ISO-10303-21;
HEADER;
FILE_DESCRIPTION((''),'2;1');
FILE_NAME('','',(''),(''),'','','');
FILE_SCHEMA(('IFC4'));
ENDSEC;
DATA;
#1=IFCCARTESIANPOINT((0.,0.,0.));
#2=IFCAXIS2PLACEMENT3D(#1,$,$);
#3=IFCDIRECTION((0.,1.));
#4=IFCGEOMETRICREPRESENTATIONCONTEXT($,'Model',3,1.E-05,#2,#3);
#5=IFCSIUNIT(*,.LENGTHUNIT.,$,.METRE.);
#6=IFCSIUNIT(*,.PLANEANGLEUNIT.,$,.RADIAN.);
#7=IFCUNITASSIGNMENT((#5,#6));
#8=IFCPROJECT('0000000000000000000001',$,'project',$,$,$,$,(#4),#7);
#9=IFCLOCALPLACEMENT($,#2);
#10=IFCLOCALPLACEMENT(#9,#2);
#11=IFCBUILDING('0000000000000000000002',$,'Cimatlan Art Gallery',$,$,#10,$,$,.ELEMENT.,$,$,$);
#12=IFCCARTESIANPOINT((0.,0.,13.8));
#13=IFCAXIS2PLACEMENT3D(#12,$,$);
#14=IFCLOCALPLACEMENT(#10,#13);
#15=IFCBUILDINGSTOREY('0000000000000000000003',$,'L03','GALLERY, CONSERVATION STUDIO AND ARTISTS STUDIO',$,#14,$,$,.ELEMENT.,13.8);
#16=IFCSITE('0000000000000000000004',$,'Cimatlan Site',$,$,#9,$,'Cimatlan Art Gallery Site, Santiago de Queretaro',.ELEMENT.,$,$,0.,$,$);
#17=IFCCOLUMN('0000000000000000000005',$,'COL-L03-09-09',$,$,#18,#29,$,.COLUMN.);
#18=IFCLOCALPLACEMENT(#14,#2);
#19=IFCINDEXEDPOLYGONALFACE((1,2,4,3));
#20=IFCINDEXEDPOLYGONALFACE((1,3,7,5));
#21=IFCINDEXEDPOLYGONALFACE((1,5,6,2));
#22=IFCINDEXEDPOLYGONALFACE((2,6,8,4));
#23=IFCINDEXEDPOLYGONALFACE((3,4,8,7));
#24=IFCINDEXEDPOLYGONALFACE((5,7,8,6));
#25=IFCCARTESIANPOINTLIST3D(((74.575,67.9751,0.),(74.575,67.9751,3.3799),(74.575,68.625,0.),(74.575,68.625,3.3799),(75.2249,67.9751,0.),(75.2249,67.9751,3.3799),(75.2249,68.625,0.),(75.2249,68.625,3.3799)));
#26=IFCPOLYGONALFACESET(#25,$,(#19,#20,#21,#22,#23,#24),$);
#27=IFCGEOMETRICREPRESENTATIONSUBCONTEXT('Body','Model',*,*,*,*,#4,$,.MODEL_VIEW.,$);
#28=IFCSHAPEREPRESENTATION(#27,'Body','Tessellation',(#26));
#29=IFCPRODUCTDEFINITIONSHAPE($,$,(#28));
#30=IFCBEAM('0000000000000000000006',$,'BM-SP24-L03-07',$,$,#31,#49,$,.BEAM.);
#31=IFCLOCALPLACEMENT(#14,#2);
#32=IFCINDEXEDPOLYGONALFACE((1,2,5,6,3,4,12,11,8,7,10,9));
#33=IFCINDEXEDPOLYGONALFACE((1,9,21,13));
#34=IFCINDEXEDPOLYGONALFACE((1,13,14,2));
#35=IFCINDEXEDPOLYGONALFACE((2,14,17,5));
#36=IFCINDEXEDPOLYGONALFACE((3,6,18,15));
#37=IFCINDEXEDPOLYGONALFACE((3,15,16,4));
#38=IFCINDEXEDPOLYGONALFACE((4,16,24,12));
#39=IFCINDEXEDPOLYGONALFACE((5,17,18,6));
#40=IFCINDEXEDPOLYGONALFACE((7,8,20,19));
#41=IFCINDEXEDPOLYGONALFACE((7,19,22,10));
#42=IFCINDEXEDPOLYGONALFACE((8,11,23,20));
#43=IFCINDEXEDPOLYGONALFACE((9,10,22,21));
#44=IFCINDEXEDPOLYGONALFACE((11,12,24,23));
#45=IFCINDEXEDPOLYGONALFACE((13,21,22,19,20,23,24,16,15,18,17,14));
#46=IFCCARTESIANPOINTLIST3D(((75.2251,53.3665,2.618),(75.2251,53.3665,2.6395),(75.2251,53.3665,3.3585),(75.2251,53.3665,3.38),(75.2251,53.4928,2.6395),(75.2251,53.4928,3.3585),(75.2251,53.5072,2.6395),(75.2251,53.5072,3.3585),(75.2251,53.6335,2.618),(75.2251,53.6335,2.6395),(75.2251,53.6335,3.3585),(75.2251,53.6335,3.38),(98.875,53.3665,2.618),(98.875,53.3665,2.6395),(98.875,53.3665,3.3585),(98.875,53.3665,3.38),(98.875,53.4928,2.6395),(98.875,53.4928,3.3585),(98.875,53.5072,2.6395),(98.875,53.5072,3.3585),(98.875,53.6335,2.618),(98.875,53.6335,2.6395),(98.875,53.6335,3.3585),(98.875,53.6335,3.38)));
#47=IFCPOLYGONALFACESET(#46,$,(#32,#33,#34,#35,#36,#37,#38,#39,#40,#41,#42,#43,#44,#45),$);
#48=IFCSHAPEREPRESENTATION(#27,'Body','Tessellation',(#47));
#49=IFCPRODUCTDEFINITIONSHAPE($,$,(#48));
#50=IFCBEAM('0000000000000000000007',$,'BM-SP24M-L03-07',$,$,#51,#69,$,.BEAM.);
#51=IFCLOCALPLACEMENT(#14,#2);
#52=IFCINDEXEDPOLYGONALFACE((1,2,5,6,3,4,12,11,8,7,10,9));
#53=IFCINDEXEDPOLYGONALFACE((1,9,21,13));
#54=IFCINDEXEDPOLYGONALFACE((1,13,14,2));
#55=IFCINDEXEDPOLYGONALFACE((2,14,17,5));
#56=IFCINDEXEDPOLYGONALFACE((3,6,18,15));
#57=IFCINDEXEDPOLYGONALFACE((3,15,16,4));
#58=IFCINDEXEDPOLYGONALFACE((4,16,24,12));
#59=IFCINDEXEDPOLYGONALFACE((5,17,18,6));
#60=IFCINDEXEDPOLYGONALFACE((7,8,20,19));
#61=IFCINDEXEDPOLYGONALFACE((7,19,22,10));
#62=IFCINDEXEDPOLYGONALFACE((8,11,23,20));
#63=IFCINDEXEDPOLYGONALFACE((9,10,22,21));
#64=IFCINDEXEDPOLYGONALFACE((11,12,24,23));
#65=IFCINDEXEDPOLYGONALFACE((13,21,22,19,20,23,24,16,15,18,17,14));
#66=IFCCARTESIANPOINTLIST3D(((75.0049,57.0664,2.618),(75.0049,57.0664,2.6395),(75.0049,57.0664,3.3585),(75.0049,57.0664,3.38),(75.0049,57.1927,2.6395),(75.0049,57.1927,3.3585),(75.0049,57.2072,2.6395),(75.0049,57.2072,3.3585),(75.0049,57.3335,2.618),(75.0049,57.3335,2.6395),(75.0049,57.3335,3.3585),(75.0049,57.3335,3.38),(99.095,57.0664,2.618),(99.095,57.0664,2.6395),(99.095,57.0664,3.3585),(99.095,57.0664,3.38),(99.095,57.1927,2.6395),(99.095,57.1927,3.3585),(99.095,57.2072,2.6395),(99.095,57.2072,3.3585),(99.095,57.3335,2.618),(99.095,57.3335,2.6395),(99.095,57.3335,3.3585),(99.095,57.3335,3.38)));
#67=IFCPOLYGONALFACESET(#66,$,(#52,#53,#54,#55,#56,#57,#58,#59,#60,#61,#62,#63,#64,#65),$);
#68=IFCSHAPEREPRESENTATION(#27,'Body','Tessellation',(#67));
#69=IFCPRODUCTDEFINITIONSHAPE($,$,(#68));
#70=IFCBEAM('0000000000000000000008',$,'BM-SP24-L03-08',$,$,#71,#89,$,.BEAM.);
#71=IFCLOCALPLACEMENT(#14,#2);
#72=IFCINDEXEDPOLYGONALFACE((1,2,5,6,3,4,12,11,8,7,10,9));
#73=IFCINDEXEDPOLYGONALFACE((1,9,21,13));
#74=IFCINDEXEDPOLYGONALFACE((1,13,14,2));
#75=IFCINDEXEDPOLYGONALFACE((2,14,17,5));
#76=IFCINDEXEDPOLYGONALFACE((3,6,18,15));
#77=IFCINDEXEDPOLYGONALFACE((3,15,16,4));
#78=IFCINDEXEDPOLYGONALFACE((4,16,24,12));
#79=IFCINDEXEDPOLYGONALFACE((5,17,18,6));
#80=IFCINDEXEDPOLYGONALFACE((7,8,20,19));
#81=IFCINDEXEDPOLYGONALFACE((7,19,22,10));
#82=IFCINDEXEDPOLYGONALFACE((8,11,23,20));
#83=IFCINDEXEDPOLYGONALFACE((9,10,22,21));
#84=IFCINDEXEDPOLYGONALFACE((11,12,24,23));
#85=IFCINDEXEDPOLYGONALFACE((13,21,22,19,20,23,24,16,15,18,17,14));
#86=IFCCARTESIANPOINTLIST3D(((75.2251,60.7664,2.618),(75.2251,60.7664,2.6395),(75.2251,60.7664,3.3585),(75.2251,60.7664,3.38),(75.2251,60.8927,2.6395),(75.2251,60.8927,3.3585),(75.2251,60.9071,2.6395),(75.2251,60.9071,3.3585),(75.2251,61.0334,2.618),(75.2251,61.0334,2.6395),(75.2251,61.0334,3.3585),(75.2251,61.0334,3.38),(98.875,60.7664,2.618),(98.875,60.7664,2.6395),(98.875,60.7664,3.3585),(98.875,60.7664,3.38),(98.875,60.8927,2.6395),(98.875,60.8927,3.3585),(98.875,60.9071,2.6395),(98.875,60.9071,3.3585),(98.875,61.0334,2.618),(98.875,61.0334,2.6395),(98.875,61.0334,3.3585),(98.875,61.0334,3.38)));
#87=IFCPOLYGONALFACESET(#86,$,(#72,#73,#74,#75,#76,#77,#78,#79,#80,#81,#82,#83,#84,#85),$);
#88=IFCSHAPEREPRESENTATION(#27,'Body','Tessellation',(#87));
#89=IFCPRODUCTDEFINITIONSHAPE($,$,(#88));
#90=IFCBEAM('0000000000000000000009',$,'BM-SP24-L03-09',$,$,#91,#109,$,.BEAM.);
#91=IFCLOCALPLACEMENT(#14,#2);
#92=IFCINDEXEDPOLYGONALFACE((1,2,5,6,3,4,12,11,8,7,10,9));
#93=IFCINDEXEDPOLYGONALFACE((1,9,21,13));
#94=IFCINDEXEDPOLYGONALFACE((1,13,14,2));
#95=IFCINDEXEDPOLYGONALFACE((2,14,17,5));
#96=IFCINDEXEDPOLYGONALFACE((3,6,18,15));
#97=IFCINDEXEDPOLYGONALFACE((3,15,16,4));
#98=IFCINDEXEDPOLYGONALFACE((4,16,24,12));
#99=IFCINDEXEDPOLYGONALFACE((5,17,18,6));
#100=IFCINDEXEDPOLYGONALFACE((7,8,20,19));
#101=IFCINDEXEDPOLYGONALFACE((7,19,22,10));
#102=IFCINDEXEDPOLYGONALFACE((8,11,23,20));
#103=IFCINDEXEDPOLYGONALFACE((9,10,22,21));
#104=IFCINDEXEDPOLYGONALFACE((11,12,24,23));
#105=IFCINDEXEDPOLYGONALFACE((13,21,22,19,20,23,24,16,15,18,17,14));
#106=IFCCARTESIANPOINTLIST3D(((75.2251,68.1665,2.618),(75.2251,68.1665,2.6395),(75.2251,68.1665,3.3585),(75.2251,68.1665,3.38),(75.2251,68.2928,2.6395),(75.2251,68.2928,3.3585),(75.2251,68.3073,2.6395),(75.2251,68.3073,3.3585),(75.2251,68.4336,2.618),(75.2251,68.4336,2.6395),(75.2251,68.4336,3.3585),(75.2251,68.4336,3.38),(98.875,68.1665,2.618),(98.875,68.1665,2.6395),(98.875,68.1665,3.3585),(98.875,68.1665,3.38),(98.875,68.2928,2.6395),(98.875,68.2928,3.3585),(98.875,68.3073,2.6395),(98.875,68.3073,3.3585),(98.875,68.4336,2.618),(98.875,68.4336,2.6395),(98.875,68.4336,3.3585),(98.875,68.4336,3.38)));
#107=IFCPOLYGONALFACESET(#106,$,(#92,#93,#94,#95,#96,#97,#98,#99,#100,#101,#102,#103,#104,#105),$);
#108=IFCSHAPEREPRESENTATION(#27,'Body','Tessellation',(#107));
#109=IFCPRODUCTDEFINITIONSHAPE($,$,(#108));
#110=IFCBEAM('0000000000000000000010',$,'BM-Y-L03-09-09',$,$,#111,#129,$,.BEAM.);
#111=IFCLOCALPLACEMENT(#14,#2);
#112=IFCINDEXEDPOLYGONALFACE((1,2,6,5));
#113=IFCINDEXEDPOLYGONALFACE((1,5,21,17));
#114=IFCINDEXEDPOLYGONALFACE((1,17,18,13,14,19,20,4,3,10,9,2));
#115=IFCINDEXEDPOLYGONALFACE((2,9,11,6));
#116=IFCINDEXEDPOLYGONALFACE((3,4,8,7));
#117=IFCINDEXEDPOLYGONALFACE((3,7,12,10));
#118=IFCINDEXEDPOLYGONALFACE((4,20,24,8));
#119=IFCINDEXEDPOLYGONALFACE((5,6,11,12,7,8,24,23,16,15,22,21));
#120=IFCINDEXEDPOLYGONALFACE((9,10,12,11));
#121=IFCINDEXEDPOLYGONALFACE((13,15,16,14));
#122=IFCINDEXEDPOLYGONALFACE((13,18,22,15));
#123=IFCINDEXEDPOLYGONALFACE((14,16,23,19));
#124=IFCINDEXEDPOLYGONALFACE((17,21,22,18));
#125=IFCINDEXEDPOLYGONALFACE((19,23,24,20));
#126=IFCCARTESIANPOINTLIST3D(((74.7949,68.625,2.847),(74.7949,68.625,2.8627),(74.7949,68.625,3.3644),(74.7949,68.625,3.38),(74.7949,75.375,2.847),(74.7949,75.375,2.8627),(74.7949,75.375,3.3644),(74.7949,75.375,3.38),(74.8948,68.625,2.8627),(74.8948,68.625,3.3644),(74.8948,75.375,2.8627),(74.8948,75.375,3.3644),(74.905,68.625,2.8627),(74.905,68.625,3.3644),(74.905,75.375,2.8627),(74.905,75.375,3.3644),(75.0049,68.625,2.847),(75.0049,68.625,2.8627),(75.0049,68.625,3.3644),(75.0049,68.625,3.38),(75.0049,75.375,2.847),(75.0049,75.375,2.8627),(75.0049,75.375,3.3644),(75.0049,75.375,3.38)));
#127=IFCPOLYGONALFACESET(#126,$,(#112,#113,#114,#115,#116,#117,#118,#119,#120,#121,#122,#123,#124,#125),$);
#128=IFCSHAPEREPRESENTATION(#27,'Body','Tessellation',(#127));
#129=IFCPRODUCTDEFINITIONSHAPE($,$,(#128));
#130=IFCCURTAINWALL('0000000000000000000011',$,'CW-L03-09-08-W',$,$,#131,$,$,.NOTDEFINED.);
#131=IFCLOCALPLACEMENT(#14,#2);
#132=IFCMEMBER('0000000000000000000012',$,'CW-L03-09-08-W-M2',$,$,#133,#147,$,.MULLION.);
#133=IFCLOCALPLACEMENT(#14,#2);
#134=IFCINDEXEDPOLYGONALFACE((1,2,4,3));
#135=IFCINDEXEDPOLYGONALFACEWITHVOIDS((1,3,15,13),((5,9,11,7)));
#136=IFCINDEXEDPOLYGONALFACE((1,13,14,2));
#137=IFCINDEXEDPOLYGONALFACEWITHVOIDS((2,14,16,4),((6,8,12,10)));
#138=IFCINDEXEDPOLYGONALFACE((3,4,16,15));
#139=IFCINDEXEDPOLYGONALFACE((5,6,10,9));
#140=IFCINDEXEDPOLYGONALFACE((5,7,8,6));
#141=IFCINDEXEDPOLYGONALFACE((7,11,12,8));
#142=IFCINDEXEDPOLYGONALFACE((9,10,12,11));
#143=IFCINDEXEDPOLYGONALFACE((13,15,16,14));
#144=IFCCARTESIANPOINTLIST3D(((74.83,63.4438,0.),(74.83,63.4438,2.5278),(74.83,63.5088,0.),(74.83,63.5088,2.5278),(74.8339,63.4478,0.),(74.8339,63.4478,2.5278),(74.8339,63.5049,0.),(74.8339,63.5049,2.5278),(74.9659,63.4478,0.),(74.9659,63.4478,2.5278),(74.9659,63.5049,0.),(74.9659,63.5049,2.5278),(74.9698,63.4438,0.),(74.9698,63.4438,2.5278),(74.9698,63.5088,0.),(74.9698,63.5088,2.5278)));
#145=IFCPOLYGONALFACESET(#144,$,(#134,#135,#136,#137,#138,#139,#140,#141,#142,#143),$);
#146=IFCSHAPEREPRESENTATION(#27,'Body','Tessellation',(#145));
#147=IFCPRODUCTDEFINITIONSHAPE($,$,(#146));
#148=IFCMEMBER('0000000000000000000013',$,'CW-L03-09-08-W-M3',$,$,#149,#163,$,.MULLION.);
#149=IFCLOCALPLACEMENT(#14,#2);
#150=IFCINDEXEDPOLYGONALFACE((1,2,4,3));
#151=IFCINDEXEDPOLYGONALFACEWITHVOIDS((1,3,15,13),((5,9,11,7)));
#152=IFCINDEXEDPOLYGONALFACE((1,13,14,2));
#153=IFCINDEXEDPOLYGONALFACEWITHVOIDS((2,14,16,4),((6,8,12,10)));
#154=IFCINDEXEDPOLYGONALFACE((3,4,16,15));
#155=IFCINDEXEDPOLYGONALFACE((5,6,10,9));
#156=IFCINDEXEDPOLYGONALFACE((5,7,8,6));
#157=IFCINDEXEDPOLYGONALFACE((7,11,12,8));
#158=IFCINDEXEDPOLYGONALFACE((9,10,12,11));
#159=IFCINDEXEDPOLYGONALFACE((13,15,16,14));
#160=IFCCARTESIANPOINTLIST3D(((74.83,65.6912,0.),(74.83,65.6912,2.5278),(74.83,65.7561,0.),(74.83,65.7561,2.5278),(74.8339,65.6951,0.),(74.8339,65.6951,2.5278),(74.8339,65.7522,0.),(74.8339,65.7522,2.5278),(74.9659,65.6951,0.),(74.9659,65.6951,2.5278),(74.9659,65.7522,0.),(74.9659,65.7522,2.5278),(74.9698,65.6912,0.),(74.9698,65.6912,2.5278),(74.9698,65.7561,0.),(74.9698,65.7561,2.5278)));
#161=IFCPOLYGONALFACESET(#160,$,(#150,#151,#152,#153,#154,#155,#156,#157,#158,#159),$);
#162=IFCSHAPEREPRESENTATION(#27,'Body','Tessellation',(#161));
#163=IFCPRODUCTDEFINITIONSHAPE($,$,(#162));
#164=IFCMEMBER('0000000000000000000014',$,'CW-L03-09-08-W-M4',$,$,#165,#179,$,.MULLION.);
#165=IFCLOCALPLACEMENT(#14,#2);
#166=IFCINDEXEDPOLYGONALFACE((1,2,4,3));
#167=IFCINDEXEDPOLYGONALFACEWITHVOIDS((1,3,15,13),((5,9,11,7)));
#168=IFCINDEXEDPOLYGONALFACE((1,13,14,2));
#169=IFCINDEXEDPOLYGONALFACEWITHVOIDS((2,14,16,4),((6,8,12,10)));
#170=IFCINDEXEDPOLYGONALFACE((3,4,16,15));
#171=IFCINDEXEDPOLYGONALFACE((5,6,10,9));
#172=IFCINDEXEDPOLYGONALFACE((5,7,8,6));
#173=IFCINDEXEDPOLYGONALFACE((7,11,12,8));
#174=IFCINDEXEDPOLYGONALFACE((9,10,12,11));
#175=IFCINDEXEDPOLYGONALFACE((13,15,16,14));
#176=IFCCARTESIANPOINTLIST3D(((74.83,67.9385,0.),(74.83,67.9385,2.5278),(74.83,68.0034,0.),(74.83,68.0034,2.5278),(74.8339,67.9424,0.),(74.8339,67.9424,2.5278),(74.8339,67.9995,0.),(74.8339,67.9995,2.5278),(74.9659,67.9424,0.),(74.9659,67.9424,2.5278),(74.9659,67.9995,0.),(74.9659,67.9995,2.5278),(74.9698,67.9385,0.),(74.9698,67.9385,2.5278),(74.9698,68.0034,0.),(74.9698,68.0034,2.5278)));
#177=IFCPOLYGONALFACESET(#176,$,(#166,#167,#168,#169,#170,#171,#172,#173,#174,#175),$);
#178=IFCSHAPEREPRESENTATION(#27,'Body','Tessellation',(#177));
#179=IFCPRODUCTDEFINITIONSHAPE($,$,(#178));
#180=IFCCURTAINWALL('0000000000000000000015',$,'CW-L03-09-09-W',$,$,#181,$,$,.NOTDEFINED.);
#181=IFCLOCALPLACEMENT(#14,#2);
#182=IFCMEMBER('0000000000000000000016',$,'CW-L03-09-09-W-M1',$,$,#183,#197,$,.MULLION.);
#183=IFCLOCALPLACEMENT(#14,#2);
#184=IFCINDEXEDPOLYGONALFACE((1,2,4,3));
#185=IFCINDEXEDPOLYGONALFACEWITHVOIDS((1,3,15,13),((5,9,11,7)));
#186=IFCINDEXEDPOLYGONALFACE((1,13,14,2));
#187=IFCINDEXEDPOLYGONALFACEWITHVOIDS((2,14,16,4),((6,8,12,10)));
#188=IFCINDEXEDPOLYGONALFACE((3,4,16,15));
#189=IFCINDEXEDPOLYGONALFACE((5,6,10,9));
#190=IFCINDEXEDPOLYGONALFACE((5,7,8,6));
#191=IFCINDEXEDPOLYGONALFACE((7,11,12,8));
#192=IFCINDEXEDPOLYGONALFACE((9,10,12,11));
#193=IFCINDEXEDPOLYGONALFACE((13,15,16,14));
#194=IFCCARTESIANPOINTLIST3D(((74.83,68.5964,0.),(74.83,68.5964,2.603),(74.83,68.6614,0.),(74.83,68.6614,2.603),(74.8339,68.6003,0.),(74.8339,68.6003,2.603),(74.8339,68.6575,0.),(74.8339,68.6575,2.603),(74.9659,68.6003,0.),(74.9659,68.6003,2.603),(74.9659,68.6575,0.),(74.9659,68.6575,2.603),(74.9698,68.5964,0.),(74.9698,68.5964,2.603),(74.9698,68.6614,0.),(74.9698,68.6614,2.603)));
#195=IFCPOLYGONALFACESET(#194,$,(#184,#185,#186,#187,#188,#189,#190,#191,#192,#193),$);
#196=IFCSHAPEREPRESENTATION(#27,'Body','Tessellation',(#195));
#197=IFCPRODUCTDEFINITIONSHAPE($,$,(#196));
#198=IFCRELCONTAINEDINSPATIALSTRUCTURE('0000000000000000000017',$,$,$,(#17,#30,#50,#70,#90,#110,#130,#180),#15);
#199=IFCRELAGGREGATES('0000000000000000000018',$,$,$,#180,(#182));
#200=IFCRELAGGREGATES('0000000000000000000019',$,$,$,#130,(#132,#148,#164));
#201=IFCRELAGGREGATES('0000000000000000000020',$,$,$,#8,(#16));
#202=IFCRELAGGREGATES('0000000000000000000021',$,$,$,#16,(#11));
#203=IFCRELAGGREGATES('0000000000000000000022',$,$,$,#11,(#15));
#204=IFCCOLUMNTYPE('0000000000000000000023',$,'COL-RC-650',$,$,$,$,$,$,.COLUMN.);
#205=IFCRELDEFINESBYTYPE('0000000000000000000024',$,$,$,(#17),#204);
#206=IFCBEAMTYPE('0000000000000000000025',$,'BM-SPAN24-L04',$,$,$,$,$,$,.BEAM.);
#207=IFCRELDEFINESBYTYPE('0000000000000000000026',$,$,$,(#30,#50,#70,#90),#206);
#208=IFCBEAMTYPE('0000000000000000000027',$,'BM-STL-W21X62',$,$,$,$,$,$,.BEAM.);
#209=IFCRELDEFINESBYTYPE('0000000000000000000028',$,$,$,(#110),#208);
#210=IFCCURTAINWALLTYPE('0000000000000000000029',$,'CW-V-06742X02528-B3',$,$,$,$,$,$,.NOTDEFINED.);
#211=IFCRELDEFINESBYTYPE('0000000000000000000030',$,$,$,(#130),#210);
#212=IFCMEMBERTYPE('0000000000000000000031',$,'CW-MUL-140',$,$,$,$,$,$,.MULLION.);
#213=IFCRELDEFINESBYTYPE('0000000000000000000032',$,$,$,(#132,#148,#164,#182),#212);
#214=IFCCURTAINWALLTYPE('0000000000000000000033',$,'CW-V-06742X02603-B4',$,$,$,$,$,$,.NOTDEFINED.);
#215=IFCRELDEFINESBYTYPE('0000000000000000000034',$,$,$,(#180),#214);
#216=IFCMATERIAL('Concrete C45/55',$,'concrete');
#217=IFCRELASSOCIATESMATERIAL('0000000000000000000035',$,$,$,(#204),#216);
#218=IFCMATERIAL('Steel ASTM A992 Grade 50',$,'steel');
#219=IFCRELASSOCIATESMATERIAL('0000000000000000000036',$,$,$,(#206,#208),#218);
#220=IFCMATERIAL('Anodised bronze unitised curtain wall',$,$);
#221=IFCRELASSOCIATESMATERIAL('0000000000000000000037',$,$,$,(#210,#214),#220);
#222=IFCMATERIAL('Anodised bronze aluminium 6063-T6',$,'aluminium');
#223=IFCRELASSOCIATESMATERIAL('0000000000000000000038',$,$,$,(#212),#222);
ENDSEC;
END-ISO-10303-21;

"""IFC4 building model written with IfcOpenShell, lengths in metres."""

from ifc_helpers import new_model, si_unit, direction, frame, origin, origin_2d, place, context, subcontext, project, spatial, rectangle, hollow_rectangle, i_section, extrude, material, material_profile, profile_set, type_object, element, aggregate, save


model = new_model("IFC4")

# Units and contexts
model_context = context("Model", 3, precision=1e-05, world=origin(), true_north=direction((0.0, 1.0)))
body_context = subcontext(model_context, "Body", "Model", "MODEL_VIEW")
ifc_project = project(units=[si_unit("LENGTHUNIT", "METRE"), si_unit("PLANEANGLEUNIT", "RADIAN")], contexts=[model_context])

# Site, building, storey
site_placement = place(None, origin())
site = spatial("IfcSite", under=ifc_project, at=site_placement, Name="Cimatlan Site", LongName="Cimatlan Art Gallery Site, Santiago de Queretaro", CompositionType="ELEMENT", RefElevation=0.0)
building_placement = place(site_placement, origin())
building = spatial("IfcBuilding", under=site, at=building_placement, Name="Cimatlan Art Gallery", CompositionType="ELEMENT")
storey_placement = place(building_placement, frame((0.0, 0.0, 13.8)))
storey = spatial("IfcBuildingStorey", under=building, at=storey_placement, Name="L03", Description="GALLERY, CONSERVATION STUDIO AND ARTISTS STUDIO", CompositionType="ELEMENT", Elevation=13.8)

# Column
ifc_material_1 = material(Name="Concrete C45/55", Category="concrete")
ifc_material_profile_1 = material_profile(ifc_material_1, rectangle(XDim=0.6499, YDim=0.6499, at=origin_2d()), Name="RC650X650")
ifc_profile_set_1 = profile_set([ifc_material_profile_1], Name="Concrete C45/55")
column_type = type_object("IfcColumnType", Name="COL-RC-650", PredefinedType="COLUMN", material=ifc_profile_set_1)
column_placement = place(storey_placement, frame((74.8999, 68.3, 0.0), z_axis=(0.0, 0.0, 1.0), x_axis=(1.0, 0.0, 0.0)))
element("IfcColumn", 1, at=column_placement, inside=storey, type_object=column_type, Name="COL-L03-09-09", PredefinedType="COLUMN", context=body_context, shape_type="SweptSolid", body=[
    extrude(rectangle(XDim=0.6499, YDim=0.6499, at=origin_2d()), origin(), (0.0, 0.0, 1.0), 3.3799),
])

# Beams
ifc_material_2 = material(Name="Steel ASTM A992 Grade 50", Category="steel")
ifc_material_profile_2 = material_profile(ifc_material_2, i_section(OverallWidth=0.2671, OverallDepth=0.762, WebThickness=0.0144, FlangeThickness=0.0215, at=origin_2d()), Name="W30X116")
ifc_profile_set_2 = profile_set([ifc_material_profile_2], Name="Steel ASTM A992 Grade 50")
beam_type_1 = type_object("IfcBeamType", Name="BM-SPAN24-L04", PredefinedType="BEAM", material=ifc_profile_set_2)
beam_1_placement = place(storey_placement, frame((75.2251, 53.5, 2.999), z_axis=(1.0, 0.0, 0.0), x_axis=(0.0, 1.0, 0.0)))
element("IfcBeam", 2, at=beam_1_placement, inside=storey, type_object=beam_type_1, Name="BM-SP24-L03-07", PredefinedType="BEAM", context=body_context, shape_type="SweptSolid", body=[
    extrude(i_section(OverallWidth=0.2671, OverallDepth=0.762, WebThickness=0.0144, FlangeThickness=0.0215, at=origin_2d()), origin(), (0.0, 0.0, 1.0), 23.6499),
])
beam_2_placement = place(storey_placement, frame((75.0049, 57.2, 2.999), z_axis=(1.0, 0.0, 0.0), x_axis=(0.0, 1.0, 0.0)))
element("IfcBeam", 3, at=beam_2_placement, inside=storey, type_object=beam_type_1, Name="BM-SP24M-L03-07", PredefinedType="BEAM", context=body_context, shape_type="SweptSolid", body=[
    extrude(i_section(OverallWidth=0.2671, OverallDepth=0.762, WebThickness=0.0144, FlangeThickness=0.0215, at=origin_2d()), origin(), (0.0, 0.0, 1.0), 24.0901),
])
for number, where, z_axis, x_axis, name in (
    (4, (75.2251, 60.8999, 2.999), (1.0, 0.0, 0.0), (0.0, 1.0, 0.0), "BM-SP24-L03-08"),
    (5, (75.2251, 68.3, 2.999), (1.0, 0.0, 0.0), (0.0, 1.0, 0.0), "BM-SP24-L03-09"),
):
    element("IfcBeam", number, at=place(storey_placement, frame(where, z_axis=z_axis, x_axis=x_axis)), inside=storey, type_object=beam_type_1, Name=name, PredefinedType="BEAM", context=body_context, shape_type="SweptSolid", body=[
        extrude(i_section(OverallWidth=0.2671, OverallDepth=0.762, WebThickness=0.0144, FlangeThickness=0.0215, at=origin_2d()), origin(), (0.0, 0.0, 1.0), 23.6499),
    ])
ifc_material_profile_3 = material_profile(ifc_material_2, i_section(OverallWidth=0.21, OverallDepth=0.533, WebThickness=0.0103, FlangeThickness=0.0156, at=origin_2d()), Name="W21X62")
ifc_profile_set_3 = profile_set([ifc_material_profile_3], Name="Steel ASTM A992 Grade 50")
beam_type_2 = type_object("IfcBeamType", Name="BM-STL-W21X62", PredefinedType="BEAM", material=ifc_profile_set_3)
beam_3_placement = place(storey_placement, frame((74.8999, 68.625, 3.1135), z_axis=(0.0, 1.0, 0.0), x_axis=(-1.0, 0.0, 0.0)))
element("IfcBeam", 6, at=beam_3_placement, inside=storey, type_object=beam_type_2, Name="BM-Y-L03-09-09", PredefinedType="BEAM", context=body_context, shape_type="SweptSolid", body=[
    extrude(i_section(OverallWidth=0.21, OverallDepth=0.533, WebThickness=0.0103, FlangeThickness=0.0156, at=origin_2d()), origin(), (0.0, 0.0, 1.0), 6.75),
])

# Curtain wall, members
ifc_material_3 = material(Name="Anodised bronze unitised curtain wall")
curtain_wall_type_1 = type_object("IfcCurtainWallType", Name="CW-V-06742X02528-B3", PredefinedType="NOTDEFINED", material=ifc_material_3)
curtain_wall_1_placement = place(storey_placement, origin())
curtain_wall_1 = element("IfcCurtainWall", 7, at=curtain_wall_1_placement, inside=storey, type_object=curtain_wall_type_1, Name="CW-L03-09-08-W", PredefinedType="NOTDEFINED")
ifc_material_4 = material(Name="Anodised bronze aluminium 6063-T6", Category="aluminium")
ifc_material_profile_4 = material_profile(ifc_material_4, hollow_rectangle(XDim=0.0649, YDim=0.1399, WallThickness=0.0039, at=origin_2d()), Name="ALU65X140X4")
ifc_profile_set_4 = profile_set([ifc_material_profile_4], Name="Anodised bronze aluminium 6063-T6")
member_type_1 = type_object("IfcMemberType", Name="CW-MUL-140", PredefinedType="MULLION", material=ifc_profile_set_4)
member_1_placement = place(storey_placement, frame((74.8999, 63.4763, 0.0), z_axis=(0.0, 0.0, 1.0), x_axis=(0.0, 1.0, 0.0)))
member_1 = element("IfcMember", 8, at=member_1_placement, type_object=member_type_1, Name="CW-L03-09-08-W-M2", PredefinedType="MULLION", context=body_context, shape_type="SweptSolid", body=[
    extrude(hollow_rectangle(XDim=0.0649, YDim=0.1399, WallThickness=0.0039, at=origin_2d()), origin(), (0.0, 0.0, 1.0), 2.5278),
])
member_2_placement = place(storey_placement, frame((74.8999, 65.7236, 0.0), z_axis=(0.0, 0.0, 1.0), x_axis=(0.0, 1.0, 0.0)))
member_2 = element("IfcMember", 9, at=member_2_placement, type_object=member_type_1, Name="CW-L03-09-08-W-M3", PredefinedType="MULLION", context=body_context, shape_type="SweptSolid", body=[
    extrude(hollow_rectangle(XDim=0.0649, YDim=0.1399, WallThickness=0.0039, at=origin_2d()), origin(), (0.0, 0.0, 1.0), 2.5278),
])
member_3_placement = place(storey_placement, frame((74.8999, 67.9709, 0.0), z_axis=(0.0, 0.0, 1.0), x_axis=(0.0, 1.0, 0.0)))
member_3 = element("IfcMember", 10, at=member_3_placement, type_object=member_type_1, Name="CW-L03-09-08-W-M4", PredefinedType="MULLION", context=body_context, shape_type="SweptSolid", body=[
    extrude(hollow_rectangle(XDim=0.0649, YDim=0.1399, WallThickness=0.0039, at=origin_2d()), origin(), (0.0, 0.0, 1.0), 2.5278),
])

# Curtain wall, member
curtain_wall_type_2 = type_object("IfcCurtainWallType", Name="CW-V-06742X02603-B4", PredefinedType="NOTDEFINED", material=ifc_material_3)
curtain_wall_2_placement = place(storey_placement, origin())
curtain_wall_2 = element("IfcCurtainWall", 11, at=curtain_wall_2_placement, inside=storey, type_object=curtain_wall_type_2, Name="CW-L03-09-09-W", PredefinedType="NOTDEFINED")
member_4_placement = place(storey_placement, frame((74.8999, 68.6289, 0.0), z_axis=(0.0, 0.0, 1.0), x_axis=(0.0, 1.0, 0.0)))
member_4 = element("IfcMember", 12, at=member_4_placement, type_object=member_type_1, Name="CW-L03-09-09-W-M1", PredefinedType="MULLION", context=body_context, shape_type="SweptSolid", body=[
    extrude(hollow_rectangle(XDim=0.0649, YDim=0.1399, WallThickness=0.0039, at=origin_2d()), origin(), (0.0, 0.0, 1.0), 2.603),
])

aggregate(curtain_wall_2, [member_4])

aggregate(curtain_wall_1, [member_1, member_2, member_3])

save(model, "model.ifc")
